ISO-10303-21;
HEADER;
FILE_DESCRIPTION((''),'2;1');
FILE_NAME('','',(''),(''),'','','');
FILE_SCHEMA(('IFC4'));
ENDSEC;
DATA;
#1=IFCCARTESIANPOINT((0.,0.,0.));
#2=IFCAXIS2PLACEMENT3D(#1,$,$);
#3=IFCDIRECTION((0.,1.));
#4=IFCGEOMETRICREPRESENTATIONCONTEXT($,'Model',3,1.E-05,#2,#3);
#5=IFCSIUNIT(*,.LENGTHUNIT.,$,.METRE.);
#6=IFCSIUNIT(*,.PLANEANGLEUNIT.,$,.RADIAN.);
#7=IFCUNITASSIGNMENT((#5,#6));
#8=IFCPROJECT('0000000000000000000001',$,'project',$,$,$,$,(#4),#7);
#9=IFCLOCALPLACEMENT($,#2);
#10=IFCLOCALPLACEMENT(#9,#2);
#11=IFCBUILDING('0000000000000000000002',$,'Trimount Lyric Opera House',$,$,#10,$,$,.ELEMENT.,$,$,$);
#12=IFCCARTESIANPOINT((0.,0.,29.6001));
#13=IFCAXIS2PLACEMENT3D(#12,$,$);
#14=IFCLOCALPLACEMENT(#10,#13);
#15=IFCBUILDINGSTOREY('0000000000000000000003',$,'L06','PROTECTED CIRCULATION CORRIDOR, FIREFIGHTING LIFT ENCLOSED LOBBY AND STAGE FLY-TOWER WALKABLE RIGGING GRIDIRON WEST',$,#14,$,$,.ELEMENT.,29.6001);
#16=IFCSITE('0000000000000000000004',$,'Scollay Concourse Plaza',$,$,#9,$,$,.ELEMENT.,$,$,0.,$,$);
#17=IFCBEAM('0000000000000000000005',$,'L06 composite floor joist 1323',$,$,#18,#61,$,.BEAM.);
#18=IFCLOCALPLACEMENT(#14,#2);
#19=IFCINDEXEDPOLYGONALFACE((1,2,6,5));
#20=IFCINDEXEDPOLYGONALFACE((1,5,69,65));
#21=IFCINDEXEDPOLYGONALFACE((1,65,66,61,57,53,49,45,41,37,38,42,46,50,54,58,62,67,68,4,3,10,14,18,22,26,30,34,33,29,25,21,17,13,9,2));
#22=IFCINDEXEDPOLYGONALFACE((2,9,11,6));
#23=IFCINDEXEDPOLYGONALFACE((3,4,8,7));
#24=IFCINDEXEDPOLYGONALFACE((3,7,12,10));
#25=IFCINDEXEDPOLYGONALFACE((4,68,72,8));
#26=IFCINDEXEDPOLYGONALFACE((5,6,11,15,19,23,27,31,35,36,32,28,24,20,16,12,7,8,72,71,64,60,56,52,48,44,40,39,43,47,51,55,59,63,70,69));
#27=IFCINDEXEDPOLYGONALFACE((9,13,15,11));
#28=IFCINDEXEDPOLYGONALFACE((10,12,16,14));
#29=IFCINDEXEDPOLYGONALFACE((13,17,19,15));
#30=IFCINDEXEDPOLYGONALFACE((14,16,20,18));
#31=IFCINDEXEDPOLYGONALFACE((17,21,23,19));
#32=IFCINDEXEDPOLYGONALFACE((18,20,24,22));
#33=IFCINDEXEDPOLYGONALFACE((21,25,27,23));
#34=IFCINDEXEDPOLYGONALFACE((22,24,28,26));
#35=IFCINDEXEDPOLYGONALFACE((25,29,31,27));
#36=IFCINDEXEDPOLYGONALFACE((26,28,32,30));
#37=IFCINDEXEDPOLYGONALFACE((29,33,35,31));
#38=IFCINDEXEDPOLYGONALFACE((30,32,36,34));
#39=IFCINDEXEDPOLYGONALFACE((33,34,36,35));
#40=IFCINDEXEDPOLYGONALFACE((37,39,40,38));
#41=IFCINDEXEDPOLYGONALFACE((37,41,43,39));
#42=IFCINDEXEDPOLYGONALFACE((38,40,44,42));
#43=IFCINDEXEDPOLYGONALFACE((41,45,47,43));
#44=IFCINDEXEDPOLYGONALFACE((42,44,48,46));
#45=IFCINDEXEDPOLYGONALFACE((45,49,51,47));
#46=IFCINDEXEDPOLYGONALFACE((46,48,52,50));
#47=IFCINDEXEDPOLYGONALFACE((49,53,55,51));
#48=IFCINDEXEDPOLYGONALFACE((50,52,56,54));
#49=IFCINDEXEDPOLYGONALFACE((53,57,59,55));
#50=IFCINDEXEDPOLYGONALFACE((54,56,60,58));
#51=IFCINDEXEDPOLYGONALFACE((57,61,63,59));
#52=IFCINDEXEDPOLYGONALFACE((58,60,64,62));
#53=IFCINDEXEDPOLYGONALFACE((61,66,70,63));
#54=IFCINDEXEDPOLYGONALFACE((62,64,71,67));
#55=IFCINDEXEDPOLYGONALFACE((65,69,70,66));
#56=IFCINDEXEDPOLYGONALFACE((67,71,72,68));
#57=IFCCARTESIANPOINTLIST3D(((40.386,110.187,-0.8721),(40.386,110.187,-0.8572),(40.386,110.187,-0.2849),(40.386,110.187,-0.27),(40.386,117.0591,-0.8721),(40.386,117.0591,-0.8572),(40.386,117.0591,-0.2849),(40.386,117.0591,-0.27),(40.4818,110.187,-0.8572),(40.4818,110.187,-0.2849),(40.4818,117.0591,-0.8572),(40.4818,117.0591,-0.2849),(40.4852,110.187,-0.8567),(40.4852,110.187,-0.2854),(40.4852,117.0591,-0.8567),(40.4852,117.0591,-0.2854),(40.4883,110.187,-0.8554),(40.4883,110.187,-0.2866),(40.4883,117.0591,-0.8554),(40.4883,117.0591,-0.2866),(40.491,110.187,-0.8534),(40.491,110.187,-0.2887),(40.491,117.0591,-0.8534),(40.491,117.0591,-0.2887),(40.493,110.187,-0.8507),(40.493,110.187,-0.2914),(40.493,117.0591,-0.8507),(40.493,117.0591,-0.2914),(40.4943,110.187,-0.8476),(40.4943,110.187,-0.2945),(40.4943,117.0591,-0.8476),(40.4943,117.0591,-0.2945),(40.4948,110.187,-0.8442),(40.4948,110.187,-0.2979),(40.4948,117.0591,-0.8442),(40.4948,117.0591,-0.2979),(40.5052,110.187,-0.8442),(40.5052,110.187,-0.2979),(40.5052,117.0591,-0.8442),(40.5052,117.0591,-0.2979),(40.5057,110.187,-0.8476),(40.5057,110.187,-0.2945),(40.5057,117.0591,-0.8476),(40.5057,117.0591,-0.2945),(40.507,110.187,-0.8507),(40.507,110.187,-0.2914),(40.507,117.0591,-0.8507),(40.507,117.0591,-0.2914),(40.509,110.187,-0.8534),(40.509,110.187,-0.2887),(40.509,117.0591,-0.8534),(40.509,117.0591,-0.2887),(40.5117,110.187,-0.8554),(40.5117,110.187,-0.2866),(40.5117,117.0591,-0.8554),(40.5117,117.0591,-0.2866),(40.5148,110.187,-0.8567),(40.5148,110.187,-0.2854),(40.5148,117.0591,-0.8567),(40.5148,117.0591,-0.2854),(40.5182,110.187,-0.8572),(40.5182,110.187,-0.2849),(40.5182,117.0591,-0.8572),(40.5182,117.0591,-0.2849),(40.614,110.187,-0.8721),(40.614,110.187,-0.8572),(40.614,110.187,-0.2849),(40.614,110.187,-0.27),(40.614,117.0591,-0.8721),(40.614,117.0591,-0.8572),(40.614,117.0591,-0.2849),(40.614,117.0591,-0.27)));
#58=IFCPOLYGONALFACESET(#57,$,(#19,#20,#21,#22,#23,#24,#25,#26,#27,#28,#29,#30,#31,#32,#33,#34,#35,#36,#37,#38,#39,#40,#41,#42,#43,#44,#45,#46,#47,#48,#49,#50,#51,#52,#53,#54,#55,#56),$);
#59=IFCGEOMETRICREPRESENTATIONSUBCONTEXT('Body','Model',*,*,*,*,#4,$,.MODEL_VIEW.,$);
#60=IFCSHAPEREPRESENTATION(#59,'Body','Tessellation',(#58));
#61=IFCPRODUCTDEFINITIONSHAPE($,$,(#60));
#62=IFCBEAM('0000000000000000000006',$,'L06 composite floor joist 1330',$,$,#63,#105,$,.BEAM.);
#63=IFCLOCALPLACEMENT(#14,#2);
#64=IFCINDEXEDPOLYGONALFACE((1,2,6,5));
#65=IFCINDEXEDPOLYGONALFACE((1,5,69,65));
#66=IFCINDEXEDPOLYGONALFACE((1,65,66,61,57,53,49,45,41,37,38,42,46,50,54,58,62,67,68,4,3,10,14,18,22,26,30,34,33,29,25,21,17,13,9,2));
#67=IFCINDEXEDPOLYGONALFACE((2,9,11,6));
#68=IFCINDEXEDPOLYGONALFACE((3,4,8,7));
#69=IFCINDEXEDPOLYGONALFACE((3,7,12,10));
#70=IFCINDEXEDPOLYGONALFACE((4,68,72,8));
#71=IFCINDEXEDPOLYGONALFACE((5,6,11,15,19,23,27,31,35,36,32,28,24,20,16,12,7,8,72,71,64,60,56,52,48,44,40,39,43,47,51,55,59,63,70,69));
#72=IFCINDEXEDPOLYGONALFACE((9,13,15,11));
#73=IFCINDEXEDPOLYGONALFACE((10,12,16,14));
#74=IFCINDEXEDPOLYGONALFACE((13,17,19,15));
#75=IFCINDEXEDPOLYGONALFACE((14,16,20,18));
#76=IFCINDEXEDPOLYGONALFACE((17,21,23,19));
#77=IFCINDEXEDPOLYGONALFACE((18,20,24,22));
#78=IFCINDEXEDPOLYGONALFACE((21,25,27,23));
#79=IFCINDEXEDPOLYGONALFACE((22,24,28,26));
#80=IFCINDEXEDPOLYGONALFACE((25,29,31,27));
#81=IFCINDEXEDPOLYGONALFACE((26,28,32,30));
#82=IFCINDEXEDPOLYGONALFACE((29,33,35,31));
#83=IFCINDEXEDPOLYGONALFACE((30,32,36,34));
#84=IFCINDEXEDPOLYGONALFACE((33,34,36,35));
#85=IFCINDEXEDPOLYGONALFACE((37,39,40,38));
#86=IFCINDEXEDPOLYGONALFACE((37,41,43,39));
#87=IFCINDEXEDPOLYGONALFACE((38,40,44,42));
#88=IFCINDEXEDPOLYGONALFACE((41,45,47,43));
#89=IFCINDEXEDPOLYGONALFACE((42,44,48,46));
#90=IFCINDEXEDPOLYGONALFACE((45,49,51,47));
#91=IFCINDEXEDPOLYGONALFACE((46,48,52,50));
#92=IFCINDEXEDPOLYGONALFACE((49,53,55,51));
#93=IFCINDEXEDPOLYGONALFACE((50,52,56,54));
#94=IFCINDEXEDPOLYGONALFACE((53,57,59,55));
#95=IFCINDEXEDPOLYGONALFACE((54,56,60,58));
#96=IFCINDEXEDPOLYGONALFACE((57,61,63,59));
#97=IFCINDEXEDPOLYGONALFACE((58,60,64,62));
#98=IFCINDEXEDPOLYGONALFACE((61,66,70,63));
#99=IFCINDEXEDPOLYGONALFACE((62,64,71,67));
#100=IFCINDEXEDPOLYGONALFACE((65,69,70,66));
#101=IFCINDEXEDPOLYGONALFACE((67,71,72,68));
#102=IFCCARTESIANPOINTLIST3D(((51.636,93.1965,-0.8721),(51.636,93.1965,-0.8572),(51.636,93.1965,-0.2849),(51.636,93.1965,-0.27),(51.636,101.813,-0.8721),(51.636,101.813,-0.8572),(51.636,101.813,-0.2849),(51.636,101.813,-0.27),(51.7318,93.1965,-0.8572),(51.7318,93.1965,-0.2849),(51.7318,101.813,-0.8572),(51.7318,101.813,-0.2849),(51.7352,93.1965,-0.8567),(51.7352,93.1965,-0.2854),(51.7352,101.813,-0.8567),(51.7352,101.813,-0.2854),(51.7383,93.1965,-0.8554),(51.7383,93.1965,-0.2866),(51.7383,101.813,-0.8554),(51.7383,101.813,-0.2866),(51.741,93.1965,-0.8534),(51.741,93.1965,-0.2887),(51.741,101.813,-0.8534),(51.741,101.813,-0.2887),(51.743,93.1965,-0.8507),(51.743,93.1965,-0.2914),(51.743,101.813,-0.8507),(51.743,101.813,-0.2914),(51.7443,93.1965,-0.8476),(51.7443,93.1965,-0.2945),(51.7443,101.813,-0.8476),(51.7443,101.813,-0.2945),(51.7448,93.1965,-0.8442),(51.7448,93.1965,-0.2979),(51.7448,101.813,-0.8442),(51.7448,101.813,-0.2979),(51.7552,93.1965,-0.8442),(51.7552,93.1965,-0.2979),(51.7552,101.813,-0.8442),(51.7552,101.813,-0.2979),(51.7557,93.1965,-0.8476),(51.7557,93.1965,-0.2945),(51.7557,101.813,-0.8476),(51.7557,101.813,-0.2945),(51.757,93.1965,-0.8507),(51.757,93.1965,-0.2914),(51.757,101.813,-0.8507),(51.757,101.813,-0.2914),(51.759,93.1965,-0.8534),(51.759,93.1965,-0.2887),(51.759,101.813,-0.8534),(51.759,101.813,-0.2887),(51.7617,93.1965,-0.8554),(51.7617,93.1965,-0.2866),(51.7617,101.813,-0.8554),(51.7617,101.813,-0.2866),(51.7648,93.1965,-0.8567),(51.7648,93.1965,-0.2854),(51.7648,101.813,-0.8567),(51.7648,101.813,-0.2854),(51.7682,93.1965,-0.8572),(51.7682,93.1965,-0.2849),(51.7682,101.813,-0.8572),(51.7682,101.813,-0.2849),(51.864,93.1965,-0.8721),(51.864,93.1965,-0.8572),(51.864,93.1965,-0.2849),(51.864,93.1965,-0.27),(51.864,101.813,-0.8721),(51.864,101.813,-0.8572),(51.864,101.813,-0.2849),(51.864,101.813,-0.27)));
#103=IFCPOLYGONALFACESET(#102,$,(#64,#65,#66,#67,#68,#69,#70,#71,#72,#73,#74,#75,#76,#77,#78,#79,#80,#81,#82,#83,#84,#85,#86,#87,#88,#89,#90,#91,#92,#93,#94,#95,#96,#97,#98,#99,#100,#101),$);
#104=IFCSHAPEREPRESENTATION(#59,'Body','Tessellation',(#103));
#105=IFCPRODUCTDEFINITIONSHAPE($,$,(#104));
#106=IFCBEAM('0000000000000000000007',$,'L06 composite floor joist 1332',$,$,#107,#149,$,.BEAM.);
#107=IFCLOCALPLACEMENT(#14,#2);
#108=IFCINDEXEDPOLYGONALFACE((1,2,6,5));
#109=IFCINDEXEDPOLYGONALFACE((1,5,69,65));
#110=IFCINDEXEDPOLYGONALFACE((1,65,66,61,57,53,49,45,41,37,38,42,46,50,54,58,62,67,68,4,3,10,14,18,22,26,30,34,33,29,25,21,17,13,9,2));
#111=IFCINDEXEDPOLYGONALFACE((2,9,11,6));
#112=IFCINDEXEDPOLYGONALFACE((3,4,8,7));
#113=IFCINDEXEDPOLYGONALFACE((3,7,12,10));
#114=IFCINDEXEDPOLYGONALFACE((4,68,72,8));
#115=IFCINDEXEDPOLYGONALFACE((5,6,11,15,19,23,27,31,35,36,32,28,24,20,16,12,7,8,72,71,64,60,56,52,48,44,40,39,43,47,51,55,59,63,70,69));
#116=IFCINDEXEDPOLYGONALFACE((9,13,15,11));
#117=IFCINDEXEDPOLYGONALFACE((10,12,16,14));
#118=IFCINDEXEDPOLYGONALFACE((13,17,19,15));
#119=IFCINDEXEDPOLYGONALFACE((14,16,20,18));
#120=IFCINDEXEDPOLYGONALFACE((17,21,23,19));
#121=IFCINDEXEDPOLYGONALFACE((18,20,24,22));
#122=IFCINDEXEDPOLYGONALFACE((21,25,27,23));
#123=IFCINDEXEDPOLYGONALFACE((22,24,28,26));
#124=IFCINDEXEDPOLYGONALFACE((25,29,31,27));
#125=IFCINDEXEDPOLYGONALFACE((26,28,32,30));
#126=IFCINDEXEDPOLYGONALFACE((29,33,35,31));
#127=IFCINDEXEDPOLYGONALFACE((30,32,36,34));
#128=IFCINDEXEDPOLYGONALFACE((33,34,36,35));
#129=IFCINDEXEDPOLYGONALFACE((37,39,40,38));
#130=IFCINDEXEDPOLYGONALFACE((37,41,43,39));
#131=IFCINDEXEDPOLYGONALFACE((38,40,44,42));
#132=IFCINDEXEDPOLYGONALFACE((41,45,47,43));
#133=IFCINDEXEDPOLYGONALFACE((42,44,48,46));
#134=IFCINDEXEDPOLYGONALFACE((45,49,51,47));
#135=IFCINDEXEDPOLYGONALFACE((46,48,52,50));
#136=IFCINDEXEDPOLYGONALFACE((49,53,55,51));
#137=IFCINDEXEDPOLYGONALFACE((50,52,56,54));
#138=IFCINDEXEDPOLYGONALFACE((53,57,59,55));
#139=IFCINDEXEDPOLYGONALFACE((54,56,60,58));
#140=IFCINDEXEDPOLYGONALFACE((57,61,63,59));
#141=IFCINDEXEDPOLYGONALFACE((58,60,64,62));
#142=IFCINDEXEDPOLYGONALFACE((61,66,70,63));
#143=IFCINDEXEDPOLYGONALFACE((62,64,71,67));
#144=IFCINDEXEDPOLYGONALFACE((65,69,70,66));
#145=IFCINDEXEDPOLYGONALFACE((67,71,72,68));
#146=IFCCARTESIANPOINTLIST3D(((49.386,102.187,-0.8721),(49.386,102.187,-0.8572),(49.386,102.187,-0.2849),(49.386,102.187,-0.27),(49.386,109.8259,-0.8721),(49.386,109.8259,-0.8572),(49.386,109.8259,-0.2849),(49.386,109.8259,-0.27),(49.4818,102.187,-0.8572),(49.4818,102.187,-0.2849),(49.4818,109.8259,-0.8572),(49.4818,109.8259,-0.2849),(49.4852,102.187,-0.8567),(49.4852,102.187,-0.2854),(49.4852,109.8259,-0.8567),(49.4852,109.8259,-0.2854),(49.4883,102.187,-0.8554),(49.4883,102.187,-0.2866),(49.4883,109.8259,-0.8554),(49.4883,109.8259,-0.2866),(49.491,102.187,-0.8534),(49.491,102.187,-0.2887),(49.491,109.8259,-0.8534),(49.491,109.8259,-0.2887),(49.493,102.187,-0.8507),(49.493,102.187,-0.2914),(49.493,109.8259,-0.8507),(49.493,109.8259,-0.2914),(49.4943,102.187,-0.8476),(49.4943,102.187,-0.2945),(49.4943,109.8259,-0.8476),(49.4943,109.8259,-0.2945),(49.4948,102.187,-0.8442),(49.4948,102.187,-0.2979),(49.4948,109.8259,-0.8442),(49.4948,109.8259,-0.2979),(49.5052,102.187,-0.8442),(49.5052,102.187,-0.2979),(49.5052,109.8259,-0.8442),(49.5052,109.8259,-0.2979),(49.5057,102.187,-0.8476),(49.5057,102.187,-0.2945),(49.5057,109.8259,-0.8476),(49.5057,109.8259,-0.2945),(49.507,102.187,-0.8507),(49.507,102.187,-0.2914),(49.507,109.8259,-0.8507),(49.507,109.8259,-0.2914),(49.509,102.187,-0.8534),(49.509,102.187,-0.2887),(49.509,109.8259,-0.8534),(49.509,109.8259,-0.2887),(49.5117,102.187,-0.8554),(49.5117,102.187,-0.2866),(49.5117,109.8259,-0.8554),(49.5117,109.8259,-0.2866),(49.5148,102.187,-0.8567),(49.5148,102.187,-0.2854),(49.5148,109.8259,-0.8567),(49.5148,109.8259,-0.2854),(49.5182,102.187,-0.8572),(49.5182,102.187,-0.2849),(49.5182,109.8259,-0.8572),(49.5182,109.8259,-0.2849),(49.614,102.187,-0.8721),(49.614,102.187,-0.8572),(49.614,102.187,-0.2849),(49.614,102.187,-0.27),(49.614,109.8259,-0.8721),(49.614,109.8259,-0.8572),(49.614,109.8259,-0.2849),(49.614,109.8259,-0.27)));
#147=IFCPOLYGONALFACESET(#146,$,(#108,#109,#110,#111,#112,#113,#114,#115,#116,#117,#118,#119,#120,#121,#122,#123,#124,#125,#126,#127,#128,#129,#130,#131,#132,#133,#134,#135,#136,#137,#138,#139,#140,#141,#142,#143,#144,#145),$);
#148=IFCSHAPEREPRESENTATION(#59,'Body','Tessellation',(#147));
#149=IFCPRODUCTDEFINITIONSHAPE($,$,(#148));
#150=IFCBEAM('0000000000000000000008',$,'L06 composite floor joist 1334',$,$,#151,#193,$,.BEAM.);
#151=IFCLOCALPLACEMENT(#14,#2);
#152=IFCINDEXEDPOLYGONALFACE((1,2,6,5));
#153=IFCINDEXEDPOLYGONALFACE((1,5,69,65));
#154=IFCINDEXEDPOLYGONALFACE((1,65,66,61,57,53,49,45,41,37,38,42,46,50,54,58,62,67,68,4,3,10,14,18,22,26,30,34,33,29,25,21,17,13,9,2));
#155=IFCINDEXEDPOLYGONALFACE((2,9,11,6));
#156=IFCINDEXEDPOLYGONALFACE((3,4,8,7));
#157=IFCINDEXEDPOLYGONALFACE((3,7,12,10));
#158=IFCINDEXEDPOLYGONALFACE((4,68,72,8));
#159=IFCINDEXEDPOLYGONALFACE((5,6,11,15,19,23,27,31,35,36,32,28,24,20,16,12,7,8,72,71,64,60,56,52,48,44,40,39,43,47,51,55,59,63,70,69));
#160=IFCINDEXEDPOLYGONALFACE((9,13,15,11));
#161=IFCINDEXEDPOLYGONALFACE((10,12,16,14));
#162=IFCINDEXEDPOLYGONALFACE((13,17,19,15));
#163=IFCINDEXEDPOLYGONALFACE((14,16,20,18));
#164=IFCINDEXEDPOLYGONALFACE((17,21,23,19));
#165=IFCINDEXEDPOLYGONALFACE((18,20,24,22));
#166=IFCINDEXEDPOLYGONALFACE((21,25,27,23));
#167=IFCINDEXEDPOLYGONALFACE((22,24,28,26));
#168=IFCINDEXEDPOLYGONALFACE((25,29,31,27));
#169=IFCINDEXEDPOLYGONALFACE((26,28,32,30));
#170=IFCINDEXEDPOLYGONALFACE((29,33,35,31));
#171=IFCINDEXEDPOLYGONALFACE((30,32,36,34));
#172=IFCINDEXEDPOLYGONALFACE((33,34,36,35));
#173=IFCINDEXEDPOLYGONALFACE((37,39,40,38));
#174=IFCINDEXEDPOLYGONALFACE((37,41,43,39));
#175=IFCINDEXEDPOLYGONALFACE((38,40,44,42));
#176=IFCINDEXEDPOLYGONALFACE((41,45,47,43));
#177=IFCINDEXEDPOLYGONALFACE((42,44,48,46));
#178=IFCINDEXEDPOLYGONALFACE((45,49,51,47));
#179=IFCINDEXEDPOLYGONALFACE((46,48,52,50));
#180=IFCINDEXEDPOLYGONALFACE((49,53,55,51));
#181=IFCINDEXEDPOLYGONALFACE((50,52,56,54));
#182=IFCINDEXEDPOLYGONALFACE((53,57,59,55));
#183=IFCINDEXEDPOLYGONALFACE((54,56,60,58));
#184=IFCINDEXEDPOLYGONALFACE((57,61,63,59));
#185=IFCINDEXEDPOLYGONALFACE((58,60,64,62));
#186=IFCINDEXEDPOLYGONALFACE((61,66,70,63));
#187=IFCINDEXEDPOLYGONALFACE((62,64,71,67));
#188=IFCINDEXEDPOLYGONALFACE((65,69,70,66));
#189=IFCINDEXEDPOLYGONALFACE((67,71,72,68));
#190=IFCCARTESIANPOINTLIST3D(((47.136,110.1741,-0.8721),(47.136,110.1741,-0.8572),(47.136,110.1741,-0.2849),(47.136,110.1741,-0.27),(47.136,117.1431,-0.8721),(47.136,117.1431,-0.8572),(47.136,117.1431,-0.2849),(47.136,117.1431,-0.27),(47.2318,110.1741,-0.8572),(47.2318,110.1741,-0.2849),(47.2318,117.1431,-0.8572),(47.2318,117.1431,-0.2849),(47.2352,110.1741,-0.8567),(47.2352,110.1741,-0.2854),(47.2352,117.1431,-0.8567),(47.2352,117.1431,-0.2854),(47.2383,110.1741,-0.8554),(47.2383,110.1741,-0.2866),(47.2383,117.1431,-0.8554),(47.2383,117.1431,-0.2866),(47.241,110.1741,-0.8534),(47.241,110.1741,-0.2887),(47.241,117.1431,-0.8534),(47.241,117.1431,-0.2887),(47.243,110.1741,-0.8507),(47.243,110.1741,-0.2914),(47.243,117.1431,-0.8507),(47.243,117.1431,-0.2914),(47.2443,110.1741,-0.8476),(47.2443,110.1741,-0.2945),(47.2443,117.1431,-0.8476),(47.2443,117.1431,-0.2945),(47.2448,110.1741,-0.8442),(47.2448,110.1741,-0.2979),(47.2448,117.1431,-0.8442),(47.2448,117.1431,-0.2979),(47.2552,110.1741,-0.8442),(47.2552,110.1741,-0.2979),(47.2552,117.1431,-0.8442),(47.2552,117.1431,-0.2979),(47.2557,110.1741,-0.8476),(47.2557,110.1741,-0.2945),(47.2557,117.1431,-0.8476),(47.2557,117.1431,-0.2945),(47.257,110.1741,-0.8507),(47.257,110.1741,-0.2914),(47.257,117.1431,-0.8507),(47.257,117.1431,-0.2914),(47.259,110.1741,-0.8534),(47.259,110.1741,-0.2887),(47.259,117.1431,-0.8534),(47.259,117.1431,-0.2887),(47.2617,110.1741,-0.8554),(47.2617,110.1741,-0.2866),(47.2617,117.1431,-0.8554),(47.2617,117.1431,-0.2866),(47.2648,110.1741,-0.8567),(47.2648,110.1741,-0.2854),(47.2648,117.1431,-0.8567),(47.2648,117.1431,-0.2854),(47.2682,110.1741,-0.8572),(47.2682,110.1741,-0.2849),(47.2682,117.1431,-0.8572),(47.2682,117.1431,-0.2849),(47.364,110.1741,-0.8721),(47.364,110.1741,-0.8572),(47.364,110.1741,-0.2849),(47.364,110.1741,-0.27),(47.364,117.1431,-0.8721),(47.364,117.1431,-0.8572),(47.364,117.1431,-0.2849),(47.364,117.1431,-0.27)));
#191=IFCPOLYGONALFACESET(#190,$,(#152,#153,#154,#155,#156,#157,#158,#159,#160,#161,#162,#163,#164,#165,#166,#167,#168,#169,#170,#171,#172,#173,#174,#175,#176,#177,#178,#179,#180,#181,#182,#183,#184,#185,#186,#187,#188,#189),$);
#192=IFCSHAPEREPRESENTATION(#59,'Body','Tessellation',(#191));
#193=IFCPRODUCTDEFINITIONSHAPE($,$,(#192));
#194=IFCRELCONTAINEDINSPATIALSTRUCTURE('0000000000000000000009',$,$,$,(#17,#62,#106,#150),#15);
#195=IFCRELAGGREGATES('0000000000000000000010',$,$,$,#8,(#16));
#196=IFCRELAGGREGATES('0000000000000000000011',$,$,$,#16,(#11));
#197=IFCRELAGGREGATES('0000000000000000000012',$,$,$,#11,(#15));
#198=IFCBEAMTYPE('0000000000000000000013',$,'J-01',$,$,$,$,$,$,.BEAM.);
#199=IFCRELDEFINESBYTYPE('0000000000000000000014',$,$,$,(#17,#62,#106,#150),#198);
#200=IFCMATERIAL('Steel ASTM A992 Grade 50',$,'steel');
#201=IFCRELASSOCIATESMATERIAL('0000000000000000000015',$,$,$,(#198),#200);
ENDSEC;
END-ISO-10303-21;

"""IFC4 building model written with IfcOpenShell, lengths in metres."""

from ifc_helpers import new_model, si_unit, direction, frame, origin, origin_2d, place, context, subcontext, project, spatial, i_section, extrude, material, material_profile, profile_set, type_object, element, save


model = new_model("IFC4")

# Units and contexts
model_context = context("Model", 3, precision=1e-05, world=origin(), true_north=direction((0.0, 1.0)))
body_context = subcontext(model_context, "Body", "Model", "MODEL_VIEW")
ifc_project = project(units=[si_unit("LENGTHUNIT", "METRE"), si_unit("PLANEANGLEUNIT", "RADIAN")], contexts=[model_context])

# Site, building, storey
site_placement = place(None, origin())
site = spatial("IfcSite", under=ifc_project, at=site_placement, Name="Scollay Concourse Plaza", CompositionType="ELEMENT", RefElevation=0.0)
building_placement = place(site_placement, origin())
building = spatial("IfcBuilding", under=site, at=building_placement, Name="Trimount Lyric Opera House", CompositionType="ELEMENT")
storey_placement = place(building_placement, frame((0.0, 0.0, 29.6001)))
storey = spatial("IfcBuildingStorey", under=building, at=storey_placement, Name="L06", Description="PROTECTED CIRCULATION CORRIDOR, FIREFIGHTING LIFT ENCLOSED LOBBY AND STAGE FLY-TOWER WALKABLE RIGGING GRIDIRON WEST", CompositionType="ELEMENT", Elevation=29.6001)

# Beams
ifc_material_1 = material(Name="Steel ASTM A992 Grade 50", Category="steel")
ifc_material_profile_1 = material_profile(ifc_material_1, i_section(OverallWidth=0.228, OverallDepth=0.6021, WebThickness=0.0105, FlangeThickness=0.0149, FilletRadius=0.0129, at=origin_2d()), Name="W24X68")
ifc_profile_set_1 = profile_set([ifc_material_profile_1], Name="Steel ASTM A992 Grade 50")
beam_type_1 = type_object("IfcBeamType", Name="J-01", PredefinedType="BEAM", material=ifc_profile_set_1)
beam_1_placement = place(storey_placement, frame((40.5, 110.187, -0.571), z_axis=(0.0, 1.0, 0.0), x_axis=(-1.0, 0.0, 0.0)))
element("IfcBeam", 1, at=beam_1_placement, inside=storey, type_object=beam_type_1, Name="L06 composite floor joist 1323", PredefinedType="BEAM", context=body_context, shape_type="SweptSolid", body=[
    extrude(i_section(OverallWidth=0.228, OverallDepth=0.6021, WebThickness=0.0105, FlangeThickness=0.0149, FilletRadius=0.0129, at=origin_2d()), origin(), (0.0, 0.0, 1.0), 6.8721),
])
beam_2_placement = place(storey_placement, frame((51.75, 93.1965, -0.571), z_axis=(0.0, 1.0, 0.0), x_axis=(-1.0, 0.0, 0.0)))
element("IfcBeam", 2, at=beam_2_placement, inside=storey, type_object=beam_type_1, Name="L06 composite floor joist 1330", PredefinedType="BEAM", context=body_context, shape_type="SweptSolid", body=[
    extrude(i_section(OverallWidth=0.228, OverallDepth=0.6021, WebThickness=0.0105, FlangeThickness=0.0149, FilletRadius=0.0129, at=origin_2d()), origin(), (0.0, 0.0, 1.0), 8.6165),
])
beam_3_placement = place(storey_placement, frame((49.5, 102.187, -0.571), z_axis=(0.0, 1.0, 0.0), x_axis=(-1.0, 0.0, 0.0)))
element("IfcBeam", 3, at=beam_3_placement, inside=storey, type_object=beam_type_1, Name="L06 composite floor joist 1332", PredefinedType="BEAM", context=body_context, shape_type="SweptSolid", body=[
    extrude(i_section(OverallWidth=0.228, OverallDepth=0.6021, WebThickness=0.0105, FlangeThickness=0.0149, FilletRadius=0.0129, at=origin_2d()), origin(), (0.0, 0.0, 1.0), 7.6389),
])
beam_4_placement = place(storey_placement, frame((47.25, 110.1741, -0.571), z_axis=(0.0, 1.0, 0.0), x_axis=(-1.0, 0.0, 0.0)))
element("IfcBeam", 4, at=beam_4_placement, inside=storey, type_object=beam_type_1, Name="L06 composite floor joist 1334", PredefinedType="BEAM", context=body_context, shape_type="SweptSolid", body=[
    extrude(i_section(OverallWidth=0.228, OverallDepth=0.6021, WebThickness=0.0105, FlangeThickness=0.0149, FilletRadius=0.0129, at=origin_2d()), origin(), (0.0, 0.0, 1.0), 6.969),
])

save(model, "model.ifc")
